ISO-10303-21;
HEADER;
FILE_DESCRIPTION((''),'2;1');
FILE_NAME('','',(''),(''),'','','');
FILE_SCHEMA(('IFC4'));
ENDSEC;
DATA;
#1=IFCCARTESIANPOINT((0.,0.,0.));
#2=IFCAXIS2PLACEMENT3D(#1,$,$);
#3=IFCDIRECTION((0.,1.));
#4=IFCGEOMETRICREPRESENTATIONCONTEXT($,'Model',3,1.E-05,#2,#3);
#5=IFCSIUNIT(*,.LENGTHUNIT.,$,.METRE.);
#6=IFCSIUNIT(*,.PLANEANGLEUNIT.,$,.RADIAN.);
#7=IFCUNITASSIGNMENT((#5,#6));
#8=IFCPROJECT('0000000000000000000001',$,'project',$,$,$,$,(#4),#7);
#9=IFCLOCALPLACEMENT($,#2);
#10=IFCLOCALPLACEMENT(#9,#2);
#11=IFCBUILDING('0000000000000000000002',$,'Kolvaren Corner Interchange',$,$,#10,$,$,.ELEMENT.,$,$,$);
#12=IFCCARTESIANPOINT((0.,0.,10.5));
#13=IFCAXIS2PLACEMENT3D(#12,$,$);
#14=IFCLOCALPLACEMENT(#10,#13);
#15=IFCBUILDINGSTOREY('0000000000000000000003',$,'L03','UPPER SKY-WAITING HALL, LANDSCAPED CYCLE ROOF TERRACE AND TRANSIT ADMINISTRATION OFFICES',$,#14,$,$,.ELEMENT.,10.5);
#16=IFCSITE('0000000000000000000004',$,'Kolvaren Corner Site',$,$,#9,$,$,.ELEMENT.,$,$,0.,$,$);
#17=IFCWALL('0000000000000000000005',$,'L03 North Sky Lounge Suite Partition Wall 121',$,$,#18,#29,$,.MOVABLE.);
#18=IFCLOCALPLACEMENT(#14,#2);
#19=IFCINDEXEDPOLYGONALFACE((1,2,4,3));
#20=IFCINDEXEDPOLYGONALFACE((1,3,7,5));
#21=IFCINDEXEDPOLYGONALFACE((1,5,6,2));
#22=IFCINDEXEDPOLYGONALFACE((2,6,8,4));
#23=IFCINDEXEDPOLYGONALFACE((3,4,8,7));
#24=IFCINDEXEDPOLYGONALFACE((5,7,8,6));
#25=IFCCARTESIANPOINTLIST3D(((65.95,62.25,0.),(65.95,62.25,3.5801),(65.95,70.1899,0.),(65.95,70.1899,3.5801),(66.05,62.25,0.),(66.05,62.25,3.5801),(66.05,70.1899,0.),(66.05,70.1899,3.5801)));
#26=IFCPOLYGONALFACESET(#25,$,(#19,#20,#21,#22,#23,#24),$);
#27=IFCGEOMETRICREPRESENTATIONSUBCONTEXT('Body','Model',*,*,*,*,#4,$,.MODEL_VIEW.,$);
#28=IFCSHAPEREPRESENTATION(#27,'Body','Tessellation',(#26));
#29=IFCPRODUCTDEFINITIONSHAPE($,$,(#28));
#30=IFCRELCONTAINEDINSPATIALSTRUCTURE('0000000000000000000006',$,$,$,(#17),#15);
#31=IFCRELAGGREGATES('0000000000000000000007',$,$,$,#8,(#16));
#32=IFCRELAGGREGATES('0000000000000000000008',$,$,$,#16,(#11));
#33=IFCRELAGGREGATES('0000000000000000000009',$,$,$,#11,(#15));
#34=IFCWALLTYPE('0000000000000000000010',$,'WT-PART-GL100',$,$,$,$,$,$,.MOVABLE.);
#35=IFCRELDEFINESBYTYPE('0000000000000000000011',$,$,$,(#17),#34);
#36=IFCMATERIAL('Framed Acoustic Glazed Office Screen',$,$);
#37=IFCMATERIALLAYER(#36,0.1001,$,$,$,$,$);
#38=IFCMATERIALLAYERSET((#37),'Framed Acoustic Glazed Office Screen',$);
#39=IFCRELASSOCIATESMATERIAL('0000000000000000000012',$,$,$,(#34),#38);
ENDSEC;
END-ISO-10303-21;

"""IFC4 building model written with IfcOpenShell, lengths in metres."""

from ifc_helpers import new_model, si_unit, direction, frame, frame_2d, origin, place, context, subcontext, project, spatial, rectangle, extrude, material, layer, layer_set, type_object, element, save


model = new_model("IFC4")

# Units and contexts
model_context = context("Model", 3, precision=1e-05, world=origin(), true_north=direction((0.0, 1.0)))
body_context = subcontext(model_context, "Body", "Model", "MODEL_VIEW")
ifc_project = project(units=[si_unit("LENGTHUNIT", "METRE"), si_unit("PLANEANGLEUNIT", "RADIAN")], contexts=[model_context])

# Site, building, storey
site_placement = place(None, origin())
site = spatial("IfcSite", under=ifc_project, at=site_placement, Name="Kolvaren Corner Site", CompositionType="ELEMENT", RefElevation=0.0)
building_placement = place(site_placement, origin())
building = spatial("IfcBuilding", under=site, at=building_placement, Name="Kolvaren Corner Interchange", CompositionType="ELEMENT")
storey_placement = place(building_placement, frame((0.0, 0.0, 10.5)))
storey = spatial("IfcBuildingStorey", under=building, at=storey_placement, Name="L03", Description="UPPER SKY-WAITING HALL, LANDSCAPED CYCLE ROOF TERRACE AND TRANSIT ADMINISTRATION OFFICES", CompositionType="ELEMENT", Elevation=10.5)

# Wall
ifc_material_1 = material(Name="Framed Acoustic Glazed Office Screen")
ifc_layer = layer(ifc_material_1, 0.1001)
ifc_layer_set = layer_set([ifc_layer], Name="Framed Acoustic Glazed Office Screen")
wall_type = type_object("IfcWallType", Name="WT-PART-GL100", PredefinedType="MOVABLE", material=ifc_layer_set)
wall_placement = place(storey_placement, frame((66.0, 70.1899, 0.0), z_axis=(0.0, 0.0, 1.0), x_axis=(0.0, -1.0, 0.0)))
element("IfcWall", 1, at=wall_placement, inside=storey, type_object=wall_type, Name="L03 North Sky Lounge Suite Partition Wall 121", PredefinedType="MOVABLE", context=body_context, shape_type="SweptSolid", body=[
    extrude(rectangle(XDim=7.9399, YDim=0.1001, at=frame_2d((3.97, 0.0))), origin(), (0.0, 0.0, 1.0), 3.5801),
])

save(model, "model.ifc")
